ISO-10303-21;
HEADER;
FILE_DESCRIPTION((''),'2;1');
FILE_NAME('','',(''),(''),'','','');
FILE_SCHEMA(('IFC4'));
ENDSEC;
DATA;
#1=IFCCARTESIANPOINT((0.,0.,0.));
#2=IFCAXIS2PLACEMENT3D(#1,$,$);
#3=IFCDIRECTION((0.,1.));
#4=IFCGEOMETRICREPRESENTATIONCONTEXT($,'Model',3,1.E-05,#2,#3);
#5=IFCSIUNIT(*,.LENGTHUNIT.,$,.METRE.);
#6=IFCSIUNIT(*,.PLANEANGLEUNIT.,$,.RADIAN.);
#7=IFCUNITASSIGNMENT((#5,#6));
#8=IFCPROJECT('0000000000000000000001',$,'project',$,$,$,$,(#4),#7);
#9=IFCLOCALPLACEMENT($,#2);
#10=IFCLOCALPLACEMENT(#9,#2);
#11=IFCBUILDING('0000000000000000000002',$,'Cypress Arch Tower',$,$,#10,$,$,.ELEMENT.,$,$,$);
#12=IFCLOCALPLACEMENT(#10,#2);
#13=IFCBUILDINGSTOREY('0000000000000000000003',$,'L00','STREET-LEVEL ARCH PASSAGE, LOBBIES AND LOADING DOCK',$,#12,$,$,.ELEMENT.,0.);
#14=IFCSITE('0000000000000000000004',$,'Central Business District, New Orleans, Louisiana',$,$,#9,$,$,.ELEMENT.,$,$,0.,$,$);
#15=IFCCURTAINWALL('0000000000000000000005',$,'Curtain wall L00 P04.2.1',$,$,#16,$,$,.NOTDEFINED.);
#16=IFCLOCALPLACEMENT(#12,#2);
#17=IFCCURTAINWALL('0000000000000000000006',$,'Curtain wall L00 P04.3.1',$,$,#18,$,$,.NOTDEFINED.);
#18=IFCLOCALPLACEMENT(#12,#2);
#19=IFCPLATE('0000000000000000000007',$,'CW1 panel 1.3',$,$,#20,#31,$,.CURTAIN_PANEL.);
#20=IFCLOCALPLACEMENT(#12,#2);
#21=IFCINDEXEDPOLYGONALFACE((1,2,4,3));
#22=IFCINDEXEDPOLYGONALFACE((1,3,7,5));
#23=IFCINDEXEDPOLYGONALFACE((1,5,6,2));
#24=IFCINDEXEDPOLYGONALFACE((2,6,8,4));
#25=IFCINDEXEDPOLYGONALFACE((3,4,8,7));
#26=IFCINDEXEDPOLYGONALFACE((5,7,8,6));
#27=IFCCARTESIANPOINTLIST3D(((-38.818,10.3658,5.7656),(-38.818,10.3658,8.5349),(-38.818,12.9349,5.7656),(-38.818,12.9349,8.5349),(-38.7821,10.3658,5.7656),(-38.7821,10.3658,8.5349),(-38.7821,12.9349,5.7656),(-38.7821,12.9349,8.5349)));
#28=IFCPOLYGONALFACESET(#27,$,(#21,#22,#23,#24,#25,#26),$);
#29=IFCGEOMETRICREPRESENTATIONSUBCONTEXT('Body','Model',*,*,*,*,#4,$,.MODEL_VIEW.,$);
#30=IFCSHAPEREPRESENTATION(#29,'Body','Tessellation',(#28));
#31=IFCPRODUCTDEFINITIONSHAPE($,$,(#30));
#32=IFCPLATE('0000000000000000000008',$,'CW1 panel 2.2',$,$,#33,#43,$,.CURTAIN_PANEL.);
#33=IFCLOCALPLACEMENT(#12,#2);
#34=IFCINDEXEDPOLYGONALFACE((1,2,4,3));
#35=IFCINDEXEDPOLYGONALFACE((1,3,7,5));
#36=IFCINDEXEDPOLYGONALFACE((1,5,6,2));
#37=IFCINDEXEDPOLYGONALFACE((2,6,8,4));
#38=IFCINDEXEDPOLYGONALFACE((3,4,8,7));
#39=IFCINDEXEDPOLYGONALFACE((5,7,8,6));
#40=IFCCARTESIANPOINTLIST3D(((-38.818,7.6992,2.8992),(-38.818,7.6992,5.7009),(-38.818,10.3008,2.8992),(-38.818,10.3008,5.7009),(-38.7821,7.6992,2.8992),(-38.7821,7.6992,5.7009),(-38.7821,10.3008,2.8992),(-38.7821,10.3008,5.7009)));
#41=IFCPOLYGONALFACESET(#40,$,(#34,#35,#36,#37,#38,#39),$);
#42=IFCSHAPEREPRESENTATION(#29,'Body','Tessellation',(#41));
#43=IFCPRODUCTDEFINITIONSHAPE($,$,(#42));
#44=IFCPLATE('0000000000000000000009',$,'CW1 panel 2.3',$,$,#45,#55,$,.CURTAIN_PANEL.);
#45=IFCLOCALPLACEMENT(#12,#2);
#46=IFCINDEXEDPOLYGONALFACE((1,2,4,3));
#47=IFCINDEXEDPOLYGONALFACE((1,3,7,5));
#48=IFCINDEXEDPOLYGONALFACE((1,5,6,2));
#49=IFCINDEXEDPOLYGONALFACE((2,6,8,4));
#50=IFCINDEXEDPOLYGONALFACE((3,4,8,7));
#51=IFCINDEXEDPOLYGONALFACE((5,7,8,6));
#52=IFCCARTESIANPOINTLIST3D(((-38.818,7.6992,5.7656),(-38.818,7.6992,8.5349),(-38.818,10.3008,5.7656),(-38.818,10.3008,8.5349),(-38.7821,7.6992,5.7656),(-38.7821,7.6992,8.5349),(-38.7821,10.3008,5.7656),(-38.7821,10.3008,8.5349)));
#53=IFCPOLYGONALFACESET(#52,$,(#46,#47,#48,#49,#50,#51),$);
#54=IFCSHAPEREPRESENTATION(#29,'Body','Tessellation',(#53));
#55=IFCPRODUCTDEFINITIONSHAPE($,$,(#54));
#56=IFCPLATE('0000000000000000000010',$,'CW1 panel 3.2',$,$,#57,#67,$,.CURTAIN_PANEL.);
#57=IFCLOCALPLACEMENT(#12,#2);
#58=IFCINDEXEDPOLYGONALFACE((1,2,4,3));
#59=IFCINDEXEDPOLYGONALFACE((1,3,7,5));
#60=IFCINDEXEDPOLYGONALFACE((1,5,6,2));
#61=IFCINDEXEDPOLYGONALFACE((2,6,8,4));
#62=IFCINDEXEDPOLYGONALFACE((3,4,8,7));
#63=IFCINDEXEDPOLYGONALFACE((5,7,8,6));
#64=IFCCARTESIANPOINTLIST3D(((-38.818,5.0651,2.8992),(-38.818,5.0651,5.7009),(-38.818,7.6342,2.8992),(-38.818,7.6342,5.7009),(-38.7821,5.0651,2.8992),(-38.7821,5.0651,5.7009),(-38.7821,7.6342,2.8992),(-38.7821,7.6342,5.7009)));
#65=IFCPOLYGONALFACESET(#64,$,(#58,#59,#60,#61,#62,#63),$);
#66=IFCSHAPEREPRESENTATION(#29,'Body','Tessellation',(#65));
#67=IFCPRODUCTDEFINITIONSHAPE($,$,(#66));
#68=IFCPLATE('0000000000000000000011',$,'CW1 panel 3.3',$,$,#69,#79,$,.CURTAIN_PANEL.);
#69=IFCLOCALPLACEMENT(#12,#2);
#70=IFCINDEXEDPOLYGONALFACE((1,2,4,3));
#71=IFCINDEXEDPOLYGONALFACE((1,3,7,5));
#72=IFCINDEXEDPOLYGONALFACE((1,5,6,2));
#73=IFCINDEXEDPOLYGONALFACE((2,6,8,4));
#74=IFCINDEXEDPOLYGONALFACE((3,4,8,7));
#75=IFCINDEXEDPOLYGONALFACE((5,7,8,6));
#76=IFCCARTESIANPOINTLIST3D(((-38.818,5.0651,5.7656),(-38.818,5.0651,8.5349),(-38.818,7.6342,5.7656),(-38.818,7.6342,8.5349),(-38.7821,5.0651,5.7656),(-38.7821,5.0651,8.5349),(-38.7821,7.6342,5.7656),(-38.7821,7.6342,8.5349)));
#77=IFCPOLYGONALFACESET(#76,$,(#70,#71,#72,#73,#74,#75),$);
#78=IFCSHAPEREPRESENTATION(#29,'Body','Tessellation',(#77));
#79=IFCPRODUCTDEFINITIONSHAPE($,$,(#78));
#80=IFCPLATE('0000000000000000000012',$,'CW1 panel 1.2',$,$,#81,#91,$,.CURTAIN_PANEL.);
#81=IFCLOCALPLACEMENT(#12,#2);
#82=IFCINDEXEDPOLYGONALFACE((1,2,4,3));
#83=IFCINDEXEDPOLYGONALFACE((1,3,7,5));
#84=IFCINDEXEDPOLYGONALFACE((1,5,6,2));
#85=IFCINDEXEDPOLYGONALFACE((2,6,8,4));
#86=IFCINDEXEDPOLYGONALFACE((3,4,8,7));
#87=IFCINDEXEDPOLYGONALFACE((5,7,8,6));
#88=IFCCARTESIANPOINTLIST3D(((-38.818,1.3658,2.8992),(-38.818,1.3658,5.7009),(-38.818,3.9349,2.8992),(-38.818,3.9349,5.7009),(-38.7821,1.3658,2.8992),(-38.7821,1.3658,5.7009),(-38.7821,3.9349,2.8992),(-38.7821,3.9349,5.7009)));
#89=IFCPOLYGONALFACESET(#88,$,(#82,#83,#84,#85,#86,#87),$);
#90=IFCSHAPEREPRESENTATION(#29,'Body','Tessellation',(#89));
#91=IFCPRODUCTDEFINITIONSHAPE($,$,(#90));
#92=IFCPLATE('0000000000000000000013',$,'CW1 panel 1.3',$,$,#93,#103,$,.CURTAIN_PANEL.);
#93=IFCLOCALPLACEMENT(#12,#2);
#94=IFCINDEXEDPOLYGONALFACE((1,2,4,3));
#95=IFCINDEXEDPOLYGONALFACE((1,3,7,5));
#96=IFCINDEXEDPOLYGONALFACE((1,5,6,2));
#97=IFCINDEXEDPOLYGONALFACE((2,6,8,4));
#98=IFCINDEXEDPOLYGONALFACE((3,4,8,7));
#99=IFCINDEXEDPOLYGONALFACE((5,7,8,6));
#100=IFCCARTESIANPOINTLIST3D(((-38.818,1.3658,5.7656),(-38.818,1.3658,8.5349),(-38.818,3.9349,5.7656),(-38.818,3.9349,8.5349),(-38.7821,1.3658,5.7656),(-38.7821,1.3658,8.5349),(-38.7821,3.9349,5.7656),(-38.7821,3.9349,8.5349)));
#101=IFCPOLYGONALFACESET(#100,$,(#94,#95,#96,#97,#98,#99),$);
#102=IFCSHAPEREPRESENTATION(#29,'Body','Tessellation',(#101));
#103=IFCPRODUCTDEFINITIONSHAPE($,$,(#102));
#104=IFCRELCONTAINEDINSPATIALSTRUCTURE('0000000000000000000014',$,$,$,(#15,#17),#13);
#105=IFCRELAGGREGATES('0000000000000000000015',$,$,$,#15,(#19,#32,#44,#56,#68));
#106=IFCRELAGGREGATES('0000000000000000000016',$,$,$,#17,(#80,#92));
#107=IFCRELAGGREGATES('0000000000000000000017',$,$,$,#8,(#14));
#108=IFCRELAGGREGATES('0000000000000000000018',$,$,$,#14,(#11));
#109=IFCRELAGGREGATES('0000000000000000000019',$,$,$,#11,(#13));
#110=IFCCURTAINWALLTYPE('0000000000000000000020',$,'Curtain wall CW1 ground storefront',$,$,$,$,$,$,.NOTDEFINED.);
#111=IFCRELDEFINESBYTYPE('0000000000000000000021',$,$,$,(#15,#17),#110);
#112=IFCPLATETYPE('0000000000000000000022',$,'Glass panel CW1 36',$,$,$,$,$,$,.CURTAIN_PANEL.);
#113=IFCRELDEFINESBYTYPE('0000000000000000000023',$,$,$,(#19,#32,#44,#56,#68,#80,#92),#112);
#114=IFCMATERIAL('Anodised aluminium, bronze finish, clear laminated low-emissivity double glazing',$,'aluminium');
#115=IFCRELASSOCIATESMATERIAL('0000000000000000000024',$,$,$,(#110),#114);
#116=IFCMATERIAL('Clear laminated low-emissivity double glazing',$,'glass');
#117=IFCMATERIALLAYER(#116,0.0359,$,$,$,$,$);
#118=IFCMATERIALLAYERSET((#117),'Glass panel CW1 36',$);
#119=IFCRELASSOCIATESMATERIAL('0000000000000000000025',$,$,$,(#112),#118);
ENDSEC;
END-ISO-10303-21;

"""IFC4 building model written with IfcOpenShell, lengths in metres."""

from ifc_helpers import new_model, si_unit, direction, frame, origin, origin_2d, place, context, subcontext, project, spatial, rectangle, extrude, material, layer, layer_set, type_object, element, aggregate, save


model = new_model("IFC4")

# Units and contexts
model_context = context("Model", 3, precision=1e-05, world=origin(), true_north=direction((0.0, 1.0)))
body_context = subcontext(model_context, "Body", "Model", "MODEL_VIEW")
ifc_project = project(units=[si_unit("LENGTHUNIT", "METRE"), si_unit("PLANEANGLEUNIT", "RADIAN")], contexts=[model_context])

# Site, building, storey
site_placement = place(None, origin())
site = spatial("IfcSite", under=ifc_project, at=site_placement, Name="Central Business District, New Orleans, Louisiana", CompositionType="ELEMENT", RefElevation=0.0)
building_placement = place(site_placement, origin())
building = spatial("IfcBuilding", under=site, at=building_placement, Name="Cypress Arch Tower", CompositionType="ELEMENT")
storey_placement = place(building_placement, origin())
storey = spatial("IfcBuildingStorey", under=building, at=storey_placement, Name="L00", Description="STREET-LEVEL ARCH PASSAGE, LOBBIES AND LOADING DOCK", CompositionType="ELEMENT", Elevation=0.0)

# Curtain walls
ifc_material_1 = material(Name="Anodised aluminium, bronze finish, clear laminated low-emissivity double glazing", Category="aluminium")
curtain_wall_type = type_object("IfcCurtainWallType", Name="Curtain wall CW1 ground storefront", PredefinedType="NOTDEFINED", material=ifc_material_1)
curtain_wall_1_placement = place(storey_placement, origin())
curtain_wall_1 = element("IfcCurtainWall", 1, at=curtain_wall_1_placement, inside=storey, type_object=curtain_wall_type, Name="Curtain wall L00 P04.2.1", PredefinedType="NOTDEFINED")
curtain_wall_2_placement = place(storey_placement, origin())
curtain_wall_2 = element("IfcCurtainWall", 2, at=curtain_wall_2_placement, inside=storey, type_object=curtain_wall_type, Name="Curtain wall L00 P04.3.1", PredefinedType="NOTDEFINED")

# Plates
ifc_material_2 = material(Name="Clear laminated low-emissivity double glazing", Category="glass")
ifc_layer = layer(ifc_material_2, 0.0359)
ifc_layer_set = layer_set([ifc_layer], Name="Glass panel CW1 36")
plate_type = type_object("IfcPlateType", Name="Glass panel CW1 36", PredefinedType="CURTAIN_PANEL", material=ifc_layer_set)
plate_1_placement = place(storey_placement, frame((-38.8, 11.6504, 5.7656), z_axis=(0.0, 0.0, 1.0), x_axis=(0.0, -1.0, 0.0)))
plate_1 = element("IfcPlate", 3, at=plate_1_placement, type_object=plate_type, Name="CW1 panel 1.3", PredefinedType="CURTAIN_PANEL", context=body_context, shape_type="SweptSolid", body=[
    extrude(rectangle(XDim=2.5691, YDim=0.0359, at=origin_2d()), origin(), (0.0, 0.0, 1.0), 2.7693),
])
plate_2_placement = place(storey_placement, frame((-38.8, 9.0, 2.8992), z_axis=(0.0, 0.0, 1.0), x_axis=(0.0, -1.0, 0.0)))
plate_2 = element("IfcPlate", 4, at=plate_2_placement, type_object=plate_type, Name="CW1 panel 2.2", PredefinedType="CURTAIN_PANEL", context=body_context, shape_type="SweptSolid", body=[
    extrude(rectangle(XDim=2.6016, YDim=0.0359, at=origin_2d()), origin(), (0.0, 0.0, 1.0), 2.8018),
])
plate_3_placement = place(storey_placement, frame((-38.8, 9.0, 5.7656), z_axis=(0.0, 0.0, 1.0), x_axis=(0.0, -1.0, 0.0)))
plate_3 = element("IfcPlate", 5, at=plate_3_placement, type_object=plate_type, Name="CW1 panel 2.3", PredefinedType="CURTAIN_PANEL", context=body_context, shape_type="SweptSolid", body=[
    extrude(rectangle(XDim=2.6016, YDim=0.0359, at=origin_2d()), origin(), (0.0, 0.0, 1.0), 2.7693),
])
plate_4_placement = place(storey_placement, frame((-38.8, 6.3496, 2.8992), z_axis=(0.0, 0.0, 1.0), x_axis=(0.0, -1.0, 0.0)))
plate_4 = element("IfcPlate", 6, at=plate_4_placement, type_object=plate_type, Name="CW1 panel 3.2", PredefinedType="CURTAIN_PANEL", context=body_context, shape_type="SweptSolid", body=[
    extrude(rectangle(XDim=2.5691, YDim=0.0359, at=origin_2d()), origin(), (0.0, 0.0, 1.0), 2.8018),
])
plate_5_placement = place(storey_placement, frame((-38.8, 6.3496, 5.7656), z_axis=(0.0, 0.0, 1.0), x_axis=(0.0, -1.0, 0.0)))
plate_5 = element("IfcPlate", 7, at=plate_5_placement, type_object=plate_type, Name="CW1 panel 3.3", PredefinedType="CURTAIN_PANEL", context=body_context, shape_type="SweptSolid", body=[
    extrude(rectangle(XDim=2.5691, YDim=0.0359, at=origin_2d()), origin(), (0.0, 0.0, 1.0), 2.7693),
])
aggregate(curtain_wall_1, [plate_1, plate_2, plate_3, plate_4, plate_5])
plate_6_placement = place(storey_placement, frame((-38.8, 2.6504, 2.8992), z_axis=(0.0, 0.0, 1.0), x_axis=(0.0, -1.0, 0.0)))
plate_6 = element("IfcPlate", 8, at=plate_6_placement, type_object=plate_type, Name="CW1 panel 1.2", PredefinedType="CURTAIN_PANEL", context=body_context, shape_type="SweptSolid", body=[
    extrude(rectangle(XDim=2.5691, YDim=0.0359, at=origin_2d()), origin(), (0.0, 0.0, 1.0), 2.8018),
])
plate_7_placement = place(storey_placement, frame((-38.8, 2.6504, 5.7656), z_axis=(0.0, 0.0, 1.0), x_axis=(0.0, -1.0, 0.0)))
plate_7 = element("IfcPlate", 9, at=plate_7_placement, type_object=plate_type, Name="CW1 panel 1.3", PredefinedType="CURTAIN_PANEL", context=body_context, shape_type="SweptSolid", body=[
    extrude(rectangle(XDim=2.5691, YDim=0.0359, at=origin_2d()), origin(), (0.0, 0.0, 1.0), 2.7693),
])
aggregate(curtain_wall_2, [plate_6, plate_7])

save(model, "model.ifc")
